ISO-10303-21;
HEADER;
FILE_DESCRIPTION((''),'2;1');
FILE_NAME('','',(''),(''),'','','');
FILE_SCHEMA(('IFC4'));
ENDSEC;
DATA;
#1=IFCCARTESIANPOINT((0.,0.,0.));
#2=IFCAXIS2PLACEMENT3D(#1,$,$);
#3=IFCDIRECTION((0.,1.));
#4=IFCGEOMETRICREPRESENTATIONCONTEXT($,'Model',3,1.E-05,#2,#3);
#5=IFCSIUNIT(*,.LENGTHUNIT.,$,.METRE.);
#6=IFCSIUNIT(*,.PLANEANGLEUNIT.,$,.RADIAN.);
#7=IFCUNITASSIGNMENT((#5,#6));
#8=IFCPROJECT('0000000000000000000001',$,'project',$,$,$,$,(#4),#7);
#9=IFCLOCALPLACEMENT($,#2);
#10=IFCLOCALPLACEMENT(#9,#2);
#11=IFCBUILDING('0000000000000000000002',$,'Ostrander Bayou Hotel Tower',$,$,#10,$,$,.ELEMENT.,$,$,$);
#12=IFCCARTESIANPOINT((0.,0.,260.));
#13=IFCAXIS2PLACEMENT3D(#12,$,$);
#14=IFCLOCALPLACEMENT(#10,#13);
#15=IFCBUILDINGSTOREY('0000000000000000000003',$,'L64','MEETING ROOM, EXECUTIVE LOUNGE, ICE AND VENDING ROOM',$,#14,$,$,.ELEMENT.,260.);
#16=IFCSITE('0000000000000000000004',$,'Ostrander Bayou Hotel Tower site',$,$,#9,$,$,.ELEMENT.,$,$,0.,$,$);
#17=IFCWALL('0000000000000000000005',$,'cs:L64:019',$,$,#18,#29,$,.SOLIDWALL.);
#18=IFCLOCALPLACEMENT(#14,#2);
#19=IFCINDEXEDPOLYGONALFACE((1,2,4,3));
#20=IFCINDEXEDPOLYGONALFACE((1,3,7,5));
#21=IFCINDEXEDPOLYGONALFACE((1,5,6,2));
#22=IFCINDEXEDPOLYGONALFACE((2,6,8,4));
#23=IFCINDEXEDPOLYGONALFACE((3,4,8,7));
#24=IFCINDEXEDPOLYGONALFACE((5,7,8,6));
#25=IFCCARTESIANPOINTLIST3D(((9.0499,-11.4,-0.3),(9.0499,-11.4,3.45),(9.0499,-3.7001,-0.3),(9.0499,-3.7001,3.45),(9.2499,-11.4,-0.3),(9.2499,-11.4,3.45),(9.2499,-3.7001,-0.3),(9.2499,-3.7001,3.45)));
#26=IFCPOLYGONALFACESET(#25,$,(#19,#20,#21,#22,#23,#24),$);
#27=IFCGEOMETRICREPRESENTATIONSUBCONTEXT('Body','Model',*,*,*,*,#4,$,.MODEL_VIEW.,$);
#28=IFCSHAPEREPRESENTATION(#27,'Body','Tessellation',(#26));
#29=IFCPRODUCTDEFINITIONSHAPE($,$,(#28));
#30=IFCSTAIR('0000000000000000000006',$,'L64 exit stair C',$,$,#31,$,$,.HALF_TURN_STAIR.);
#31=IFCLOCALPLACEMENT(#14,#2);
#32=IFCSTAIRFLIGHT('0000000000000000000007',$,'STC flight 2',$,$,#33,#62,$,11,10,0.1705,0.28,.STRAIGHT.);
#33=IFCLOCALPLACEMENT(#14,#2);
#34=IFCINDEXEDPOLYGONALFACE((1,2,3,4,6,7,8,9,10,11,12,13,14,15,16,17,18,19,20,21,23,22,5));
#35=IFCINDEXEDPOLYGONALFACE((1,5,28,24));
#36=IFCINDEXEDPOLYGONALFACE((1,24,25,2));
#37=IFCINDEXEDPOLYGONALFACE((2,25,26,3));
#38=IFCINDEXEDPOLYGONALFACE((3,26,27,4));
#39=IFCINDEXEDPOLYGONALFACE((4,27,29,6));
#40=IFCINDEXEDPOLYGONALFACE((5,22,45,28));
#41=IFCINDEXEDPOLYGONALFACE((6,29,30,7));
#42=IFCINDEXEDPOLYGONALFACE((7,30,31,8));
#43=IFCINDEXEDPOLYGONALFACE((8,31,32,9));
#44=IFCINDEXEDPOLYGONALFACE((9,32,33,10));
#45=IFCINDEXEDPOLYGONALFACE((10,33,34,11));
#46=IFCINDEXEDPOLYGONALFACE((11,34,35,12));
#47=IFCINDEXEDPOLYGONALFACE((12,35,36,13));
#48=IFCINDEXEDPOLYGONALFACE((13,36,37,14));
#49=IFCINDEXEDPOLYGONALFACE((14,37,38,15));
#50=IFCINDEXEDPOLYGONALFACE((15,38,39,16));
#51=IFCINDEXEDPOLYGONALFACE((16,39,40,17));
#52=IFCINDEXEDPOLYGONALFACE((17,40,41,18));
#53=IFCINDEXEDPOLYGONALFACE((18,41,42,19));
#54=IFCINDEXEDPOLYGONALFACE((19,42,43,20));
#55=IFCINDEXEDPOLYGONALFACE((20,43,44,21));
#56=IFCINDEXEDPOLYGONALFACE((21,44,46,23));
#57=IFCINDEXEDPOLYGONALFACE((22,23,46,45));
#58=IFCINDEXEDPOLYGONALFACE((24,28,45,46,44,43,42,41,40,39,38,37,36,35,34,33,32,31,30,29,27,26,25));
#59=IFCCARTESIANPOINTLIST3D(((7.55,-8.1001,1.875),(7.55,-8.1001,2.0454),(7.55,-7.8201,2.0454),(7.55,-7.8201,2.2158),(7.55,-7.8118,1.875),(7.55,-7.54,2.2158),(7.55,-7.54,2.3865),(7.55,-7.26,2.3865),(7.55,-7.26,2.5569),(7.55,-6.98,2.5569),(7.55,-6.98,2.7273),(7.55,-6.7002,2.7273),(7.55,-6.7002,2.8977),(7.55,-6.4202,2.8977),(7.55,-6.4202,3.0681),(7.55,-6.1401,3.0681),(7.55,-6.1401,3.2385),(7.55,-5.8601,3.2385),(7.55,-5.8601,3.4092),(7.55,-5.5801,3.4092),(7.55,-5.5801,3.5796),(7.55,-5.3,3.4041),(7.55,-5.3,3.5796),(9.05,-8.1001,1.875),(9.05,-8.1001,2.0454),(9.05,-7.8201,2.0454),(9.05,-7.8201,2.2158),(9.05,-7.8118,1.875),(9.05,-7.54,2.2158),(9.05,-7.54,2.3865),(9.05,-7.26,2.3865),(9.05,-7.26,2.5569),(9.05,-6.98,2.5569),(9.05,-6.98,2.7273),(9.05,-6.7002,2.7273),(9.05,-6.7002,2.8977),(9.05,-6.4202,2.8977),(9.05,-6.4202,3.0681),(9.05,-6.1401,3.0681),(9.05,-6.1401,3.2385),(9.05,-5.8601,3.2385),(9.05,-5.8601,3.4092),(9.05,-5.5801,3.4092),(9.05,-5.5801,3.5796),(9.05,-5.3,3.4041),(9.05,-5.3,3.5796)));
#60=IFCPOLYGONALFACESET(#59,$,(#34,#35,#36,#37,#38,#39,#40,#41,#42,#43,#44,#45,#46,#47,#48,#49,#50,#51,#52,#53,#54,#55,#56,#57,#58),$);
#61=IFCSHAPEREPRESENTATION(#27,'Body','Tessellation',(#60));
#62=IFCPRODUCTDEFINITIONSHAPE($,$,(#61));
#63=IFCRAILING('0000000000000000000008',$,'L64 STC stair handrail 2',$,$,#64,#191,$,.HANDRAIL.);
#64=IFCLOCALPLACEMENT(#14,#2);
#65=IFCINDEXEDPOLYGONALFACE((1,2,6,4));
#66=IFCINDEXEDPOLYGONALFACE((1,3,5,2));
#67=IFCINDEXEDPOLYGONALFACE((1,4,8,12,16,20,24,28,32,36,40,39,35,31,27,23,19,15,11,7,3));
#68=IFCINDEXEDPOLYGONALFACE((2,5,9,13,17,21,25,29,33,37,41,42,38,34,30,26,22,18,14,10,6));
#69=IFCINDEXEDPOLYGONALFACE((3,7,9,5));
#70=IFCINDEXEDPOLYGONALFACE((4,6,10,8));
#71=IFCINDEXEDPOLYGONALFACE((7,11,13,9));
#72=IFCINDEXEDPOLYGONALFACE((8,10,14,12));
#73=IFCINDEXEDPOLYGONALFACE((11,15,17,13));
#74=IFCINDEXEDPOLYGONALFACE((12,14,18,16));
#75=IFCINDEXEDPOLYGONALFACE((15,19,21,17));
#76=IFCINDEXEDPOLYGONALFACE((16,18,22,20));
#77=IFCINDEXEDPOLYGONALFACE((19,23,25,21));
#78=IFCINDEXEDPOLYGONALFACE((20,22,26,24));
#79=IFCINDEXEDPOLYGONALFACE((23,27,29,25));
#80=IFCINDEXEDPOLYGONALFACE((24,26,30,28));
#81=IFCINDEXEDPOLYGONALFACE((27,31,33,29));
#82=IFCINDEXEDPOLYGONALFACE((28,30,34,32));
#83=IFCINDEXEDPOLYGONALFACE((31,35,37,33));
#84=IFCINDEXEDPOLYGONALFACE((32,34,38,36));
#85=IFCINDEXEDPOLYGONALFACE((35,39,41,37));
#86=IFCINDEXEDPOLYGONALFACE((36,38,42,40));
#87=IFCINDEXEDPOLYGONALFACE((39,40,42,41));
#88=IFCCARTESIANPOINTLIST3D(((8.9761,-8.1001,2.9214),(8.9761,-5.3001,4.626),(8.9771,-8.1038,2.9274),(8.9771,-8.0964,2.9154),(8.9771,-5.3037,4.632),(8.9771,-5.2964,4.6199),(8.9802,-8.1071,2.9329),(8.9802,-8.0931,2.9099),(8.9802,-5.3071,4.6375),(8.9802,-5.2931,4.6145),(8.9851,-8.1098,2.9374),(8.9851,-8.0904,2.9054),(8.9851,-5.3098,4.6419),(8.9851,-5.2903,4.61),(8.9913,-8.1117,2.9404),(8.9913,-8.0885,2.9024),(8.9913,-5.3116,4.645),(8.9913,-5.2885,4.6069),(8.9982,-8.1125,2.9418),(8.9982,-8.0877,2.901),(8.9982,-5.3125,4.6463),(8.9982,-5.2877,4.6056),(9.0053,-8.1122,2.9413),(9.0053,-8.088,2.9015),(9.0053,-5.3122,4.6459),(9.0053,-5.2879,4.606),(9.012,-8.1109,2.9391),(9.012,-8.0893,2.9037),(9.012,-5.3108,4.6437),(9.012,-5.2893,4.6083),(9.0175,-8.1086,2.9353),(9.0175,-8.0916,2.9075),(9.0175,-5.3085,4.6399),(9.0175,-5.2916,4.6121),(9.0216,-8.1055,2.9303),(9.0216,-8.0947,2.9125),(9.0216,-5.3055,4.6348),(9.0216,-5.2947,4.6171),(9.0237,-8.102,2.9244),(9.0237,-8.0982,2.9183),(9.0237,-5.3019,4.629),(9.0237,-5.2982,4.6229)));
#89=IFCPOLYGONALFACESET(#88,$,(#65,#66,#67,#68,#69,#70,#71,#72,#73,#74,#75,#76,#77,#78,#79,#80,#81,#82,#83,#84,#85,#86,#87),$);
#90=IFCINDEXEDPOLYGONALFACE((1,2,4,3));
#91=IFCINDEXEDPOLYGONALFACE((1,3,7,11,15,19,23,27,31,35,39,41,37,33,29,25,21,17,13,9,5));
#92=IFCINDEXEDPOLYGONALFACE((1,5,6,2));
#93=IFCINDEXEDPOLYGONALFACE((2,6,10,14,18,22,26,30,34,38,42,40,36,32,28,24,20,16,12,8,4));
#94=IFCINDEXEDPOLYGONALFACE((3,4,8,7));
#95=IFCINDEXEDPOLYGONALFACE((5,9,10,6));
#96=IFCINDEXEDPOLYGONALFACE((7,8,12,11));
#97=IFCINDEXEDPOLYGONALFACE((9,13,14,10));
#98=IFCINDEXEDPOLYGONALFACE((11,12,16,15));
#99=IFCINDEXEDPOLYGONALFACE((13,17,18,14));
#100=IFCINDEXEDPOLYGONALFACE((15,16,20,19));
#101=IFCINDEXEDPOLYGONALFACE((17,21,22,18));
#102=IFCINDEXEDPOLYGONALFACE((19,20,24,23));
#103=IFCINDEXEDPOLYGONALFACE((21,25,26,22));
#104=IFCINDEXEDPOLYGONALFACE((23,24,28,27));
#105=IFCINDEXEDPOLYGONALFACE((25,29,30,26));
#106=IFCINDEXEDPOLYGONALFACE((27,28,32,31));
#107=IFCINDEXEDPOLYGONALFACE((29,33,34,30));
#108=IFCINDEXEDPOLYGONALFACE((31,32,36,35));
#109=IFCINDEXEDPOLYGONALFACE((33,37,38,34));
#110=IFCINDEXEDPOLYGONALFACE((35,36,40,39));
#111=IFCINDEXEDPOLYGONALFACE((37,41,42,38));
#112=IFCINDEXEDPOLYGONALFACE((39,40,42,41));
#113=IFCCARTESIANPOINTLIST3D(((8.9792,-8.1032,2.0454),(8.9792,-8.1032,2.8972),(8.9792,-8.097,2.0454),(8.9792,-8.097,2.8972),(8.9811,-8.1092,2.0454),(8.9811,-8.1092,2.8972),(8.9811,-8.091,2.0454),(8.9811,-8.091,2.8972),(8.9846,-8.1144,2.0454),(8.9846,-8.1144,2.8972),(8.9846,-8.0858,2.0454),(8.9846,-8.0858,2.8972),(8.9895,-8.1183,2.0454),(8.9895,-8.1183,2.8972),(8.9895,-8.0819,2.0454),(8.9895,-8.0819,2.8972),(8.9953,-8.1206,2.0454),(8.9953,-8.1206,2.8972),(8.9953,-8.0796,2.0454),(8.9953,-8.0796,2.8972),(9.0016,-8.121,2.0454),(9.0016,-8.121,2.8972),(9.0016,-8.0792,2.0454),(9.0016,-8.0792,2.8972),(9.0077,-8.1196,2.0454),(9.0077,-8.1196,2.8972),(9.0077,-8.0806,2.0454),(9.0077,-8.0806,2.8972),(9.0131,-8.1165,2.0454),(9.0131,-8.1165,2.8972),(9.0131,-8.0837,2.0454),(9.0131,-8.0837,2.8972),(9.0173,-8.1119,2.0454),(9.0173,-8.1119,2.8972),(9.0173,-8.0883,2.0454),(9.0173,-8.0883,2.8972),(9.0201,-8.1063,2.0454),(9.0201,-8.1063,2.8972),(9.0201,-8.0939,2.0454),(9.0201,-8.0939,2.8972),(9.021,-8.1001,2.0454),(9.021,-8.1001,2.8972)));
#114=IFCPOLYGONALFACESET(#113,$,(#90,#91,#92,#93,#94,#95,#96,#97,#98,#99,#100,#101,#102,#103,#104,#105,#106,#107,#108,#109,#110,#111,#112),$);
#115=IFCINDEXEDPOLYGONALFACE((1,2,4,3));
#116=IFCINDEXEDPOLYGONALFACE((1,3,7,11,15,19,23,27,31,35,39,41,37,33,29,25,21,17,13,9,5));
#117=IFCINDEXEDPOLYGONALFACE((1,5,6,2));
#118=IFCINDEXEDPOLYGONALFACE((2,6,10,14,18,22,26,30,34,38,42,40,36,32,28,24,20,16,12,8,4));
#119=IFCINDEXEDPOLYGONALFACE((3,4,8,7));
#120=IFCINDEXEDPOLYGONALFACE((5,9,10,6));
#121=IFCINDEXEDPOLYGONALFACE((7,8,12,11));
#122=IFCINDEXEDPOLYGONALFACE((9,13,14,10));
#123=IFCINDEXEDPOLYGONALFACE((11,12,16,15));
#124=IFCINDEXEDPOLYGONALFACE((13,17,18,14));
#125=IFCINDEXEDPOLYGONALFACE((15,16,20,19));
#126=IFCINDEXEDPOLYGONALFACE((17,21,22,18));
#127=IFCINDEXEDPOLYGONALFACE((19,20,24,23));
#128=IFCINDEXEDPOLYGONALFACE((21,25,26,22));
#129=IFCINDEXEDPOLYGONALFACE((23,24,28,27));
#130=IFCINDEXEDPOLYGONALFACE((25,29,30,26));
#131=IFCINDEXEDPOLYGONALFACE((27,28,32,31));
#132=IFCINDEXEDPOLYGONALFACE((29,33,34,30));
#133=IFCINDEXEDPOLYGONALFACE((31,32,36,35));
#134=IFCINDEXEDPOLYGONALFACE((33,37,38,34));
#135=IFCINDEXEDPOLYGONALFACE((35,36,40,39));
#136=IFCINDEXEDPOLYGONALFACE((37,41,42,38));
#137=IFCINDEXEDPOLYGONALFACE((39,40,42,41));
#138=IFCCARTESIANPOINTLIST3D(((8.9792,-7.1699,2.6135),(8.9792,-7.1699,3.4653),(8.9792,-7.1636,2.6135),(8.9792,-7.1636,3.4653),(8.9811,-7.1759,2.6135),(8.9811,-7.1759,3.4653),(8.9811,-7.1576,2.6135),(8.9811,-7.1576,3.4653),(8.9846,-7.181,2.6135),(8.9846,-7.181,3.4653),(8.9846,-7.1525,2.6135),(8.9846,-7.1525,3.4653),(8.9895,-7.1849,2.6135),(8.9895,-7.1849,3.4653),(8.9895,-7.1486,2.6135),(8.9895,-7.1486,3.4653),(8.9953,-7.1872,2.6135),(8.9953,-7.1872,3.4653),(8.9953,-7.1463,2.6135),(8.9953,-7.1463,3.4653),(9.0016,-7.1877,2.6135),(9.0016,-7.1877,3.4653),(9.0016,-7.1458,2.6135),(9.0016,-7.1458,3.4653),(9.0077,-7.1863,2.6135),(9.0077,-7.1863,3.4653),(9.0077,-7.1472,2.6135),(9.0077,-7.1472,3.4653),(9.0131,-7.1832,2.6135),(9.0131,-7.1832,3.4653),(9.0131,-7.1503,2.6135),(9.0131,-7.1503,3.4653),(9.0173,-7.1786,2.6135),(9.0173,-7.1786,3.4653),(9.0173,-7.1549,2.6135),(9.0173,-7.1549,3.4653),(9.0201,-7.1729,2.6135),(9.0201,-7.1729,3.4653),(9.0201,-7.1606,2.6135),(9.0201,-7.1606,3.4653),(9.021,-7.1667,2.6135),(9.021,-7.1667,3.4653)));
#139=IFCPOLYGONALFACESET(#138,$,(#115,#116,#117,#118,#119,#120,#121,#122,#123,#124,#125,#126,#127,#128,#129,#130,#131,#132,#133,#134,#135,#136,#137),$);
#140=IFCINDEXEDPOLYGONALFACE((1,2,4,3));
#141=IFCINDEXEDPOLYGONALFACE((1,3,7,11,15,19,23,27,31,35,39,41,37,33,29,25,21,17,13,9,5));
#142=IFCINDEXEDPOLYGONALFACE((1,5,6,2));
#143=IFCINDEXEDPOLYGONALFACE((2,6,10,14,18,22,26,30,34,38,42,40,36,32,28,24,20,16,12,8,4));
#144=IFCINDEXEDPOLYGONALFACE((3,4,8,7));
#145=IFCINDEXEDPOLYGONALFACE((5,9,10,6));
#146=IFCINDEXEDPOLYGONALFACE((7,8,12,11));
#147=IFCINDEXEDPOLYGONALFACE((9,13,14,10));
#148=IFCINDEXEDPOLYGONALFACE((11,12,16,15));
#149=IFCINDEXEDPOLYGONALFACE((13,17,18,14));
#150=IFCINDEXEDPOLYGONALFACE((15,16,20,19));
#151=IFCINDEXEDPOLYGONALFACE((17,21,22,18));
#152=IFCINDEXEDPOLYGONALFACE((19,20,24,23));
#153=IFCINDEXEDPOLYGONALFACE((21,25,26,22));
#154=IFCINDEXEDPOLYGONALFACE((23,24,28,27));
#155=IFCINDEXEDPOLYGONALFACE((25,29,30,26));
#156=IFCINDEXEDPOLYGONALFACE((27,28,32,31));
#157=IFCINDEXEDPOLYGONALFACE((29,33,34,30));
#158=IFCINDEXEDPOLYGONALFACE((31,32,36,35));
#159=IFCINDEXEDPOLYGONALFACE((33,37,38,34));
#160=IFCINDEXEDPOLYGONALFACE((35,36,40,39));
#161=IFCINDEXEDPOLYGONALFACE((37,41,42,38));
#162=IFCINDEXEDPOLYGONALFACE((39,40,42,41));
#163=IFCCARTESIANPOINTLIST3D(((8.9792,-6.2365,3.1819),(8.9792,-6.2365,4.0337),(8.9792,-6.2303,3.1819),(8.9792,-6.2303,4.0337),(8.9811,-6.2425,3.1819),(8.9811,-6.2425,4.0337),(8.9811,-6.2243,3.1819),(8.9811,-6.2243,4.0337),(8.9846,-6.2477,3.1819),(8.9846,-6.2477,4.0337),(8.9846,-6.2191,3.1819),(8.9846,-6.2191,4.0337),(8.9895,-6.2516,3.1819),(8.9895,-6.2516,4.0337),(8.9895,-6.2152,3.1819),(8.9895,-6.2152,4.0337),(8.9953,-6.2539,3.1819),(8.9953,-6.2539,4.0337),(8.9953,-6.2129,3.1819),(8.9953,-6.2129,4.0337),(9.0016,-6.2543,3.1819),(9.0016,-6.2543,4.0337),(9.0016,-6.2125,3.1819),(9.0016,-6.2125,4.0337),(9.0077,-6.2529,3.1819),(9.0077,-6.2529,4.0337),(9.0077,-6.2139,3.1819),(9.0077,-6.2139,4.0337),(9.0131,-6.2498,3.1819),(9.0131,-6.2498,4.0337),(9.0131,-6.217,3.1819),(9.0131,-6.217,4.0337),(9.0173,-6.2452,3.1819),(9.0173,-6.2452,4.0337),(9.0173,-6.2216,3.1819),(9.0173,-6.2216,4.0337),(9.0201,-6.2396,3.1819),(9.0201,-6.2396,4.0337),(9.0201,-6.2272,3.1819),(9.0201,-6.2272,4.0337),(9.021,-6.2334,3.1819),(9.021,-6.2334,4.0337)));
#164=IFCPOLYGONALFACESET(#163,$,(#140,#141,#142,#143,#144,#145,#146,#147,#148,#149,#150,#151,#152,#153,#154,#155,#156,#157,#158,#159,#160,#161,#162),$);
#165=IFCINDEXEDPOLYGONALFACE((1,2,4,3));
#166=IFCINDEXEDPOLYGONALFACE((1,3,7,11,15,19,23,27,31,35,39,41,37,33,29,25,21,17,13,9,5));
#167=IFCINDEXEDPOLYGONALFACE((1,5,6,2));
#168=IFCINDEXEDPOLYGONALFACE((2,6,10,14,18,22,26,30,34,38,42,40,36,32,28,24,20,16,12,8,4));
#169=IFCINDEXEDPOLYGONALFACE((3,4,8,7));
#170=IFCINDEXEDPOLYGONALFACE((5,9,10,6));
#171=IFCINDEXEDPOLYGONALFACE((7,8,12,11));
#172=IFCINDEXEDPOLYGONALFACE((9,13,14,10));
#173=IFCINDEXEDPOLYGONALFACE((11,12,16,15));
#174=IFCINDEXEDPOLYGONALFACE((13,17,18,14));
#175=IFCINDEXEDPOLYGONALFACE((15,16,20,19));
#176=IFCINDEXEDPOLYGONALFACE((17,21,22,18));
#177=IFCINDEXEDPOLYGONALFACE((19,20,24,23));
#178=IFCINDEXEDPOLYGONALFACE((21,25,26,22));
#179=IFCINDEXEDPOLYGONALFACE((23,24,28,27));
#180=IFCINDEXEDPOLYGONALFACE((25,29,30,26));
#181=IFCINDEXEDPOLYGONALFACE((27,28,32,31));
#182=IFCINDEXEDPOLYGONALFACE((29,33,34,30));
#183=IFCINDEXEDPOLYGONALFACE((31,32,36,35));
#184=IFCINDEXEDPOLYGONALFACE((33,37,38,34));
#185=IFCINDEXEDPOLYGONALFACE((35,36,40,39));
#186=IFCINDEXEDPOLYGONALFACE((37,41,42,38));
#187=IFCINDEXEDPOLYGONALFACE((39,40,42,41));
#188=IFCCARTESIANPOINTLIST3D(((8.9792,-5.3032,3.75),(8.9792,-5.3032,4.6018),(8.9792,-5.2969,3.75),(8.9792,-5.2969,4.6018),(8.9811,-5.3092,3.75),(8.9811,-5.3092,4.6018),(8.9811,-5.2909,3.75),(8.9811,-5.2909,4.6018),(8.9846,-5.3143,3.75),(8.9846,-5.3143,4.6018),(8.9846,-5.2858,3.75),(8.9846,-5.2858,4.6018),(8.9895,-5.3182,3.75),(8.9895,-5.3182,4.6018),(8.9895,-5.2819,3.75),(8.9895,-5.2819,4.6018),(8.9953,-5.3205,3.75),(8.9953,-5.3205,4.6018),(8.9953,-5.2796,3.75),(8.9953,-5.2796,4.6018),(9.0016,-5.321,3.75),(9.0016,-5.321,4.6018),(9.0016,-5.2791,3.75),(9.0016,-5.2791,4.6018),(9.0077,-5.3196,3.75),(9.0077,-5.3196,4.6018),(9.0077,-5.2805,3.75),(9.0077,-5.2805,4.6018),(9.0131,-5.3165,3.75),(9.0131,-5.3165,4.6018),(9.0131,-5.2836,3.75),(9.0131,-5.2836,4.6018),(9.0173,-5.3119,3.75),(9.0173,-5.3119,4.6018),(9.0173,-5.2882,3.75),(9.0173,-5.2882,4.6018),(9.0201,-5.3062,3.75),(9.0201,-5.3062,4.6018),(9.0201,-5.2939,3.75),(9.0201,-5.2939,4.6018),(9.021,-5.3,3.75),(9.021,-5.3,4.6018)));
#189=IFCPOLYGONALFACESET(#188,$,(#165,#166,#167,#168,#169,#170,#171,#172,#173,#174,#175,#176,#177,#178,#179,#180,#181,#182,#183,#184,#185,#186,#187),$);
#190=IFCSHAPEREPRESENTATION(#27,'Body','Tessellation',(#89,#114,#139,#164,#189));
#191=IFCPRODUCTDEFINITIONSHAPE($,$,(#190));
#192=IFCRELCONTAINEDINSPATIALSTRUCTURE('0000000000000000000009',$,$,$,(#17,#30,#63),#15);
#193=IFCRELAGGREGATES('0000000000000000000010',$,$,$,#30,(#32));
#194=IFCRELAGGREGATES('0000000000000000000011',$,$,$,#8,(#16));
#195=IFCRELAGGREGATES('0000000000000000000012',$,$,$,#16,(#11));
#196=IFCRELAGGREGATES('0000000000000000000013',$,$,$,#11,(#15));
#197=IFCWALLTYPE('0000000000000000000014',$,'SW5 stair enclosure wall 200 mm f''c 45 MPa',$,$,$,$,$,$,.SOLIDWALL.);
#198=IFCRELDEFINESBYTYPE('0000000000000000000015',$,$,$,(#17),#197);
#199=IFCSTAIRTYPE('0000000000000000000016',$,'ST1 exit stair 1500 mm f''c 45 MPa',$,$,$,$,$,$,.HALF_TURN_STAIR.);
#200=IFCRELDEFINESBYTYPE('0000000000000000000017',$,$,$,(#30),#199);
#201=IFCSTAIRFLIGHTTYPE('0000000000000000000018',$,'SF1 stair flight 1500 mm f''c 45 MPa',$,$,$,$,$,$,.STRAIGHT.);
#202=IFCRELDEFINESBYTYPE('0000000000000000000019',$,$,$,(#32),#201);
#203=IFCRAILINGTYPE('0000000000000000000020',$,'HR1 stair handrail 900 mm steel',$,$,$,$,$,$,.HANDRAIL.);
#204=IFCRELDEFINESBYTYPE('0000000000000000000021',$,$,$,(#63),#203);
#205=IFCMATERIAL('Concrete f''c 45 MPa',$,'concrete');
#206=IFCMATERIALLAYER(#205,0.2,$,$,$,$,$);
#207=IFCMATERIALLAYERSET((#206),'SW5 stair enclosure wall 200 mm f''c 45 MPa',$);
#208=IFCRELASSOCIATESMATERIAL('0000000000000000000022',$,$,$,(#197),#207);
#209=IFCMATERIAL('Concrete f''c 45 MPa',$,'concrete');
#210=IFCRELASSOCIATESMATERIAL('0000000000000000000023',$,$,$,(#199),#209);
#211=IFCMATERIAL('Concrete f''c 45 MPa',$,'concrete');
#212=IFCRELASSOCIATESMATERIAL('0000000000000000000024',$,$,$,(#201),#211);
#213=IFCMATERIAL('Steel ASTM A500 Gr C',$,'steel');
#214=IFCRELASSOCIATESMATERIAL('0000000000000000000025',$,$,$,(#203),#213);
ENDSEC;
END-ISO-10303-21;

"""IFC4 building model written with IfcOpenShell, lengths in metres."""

from ifc_helpers import new_model, si_unit, direction, frame, frame_2d, origin, origin_2d, place, context, subcontext, project, spatial, polyline, rectangle, circle, outline, extrude, material, layer, layer_set, type_object, element, aggregate, save


model = new_model("IFC4")

# Units and contexts
model_context = context("Model", 3, precision=1e-05, world=origin(), true_north=direction((0.0, 1.0)))
body_context = subcontext(model_context, "Body", "Model", "MODEL_VIEW")
ifc_project = project(units=[si_unit("LENGTHUNIT", "METRE"), si_unit("PLANEANGLEUNIT", "RADIAN")], contexts=[model_context])

# Site, building, storey
site_placement = place(None, origin())
site = spatial("IfcSite", under=ifc_project, at=site_placement, Name="Ostrander Bayou Hotel Tower site", CompositionType="ELEMENT", RefElevation=0.0)
building_placement = place(site_placement, origin())
building = spatial("IfcBuilding", under=site, at=building_placement, Name="Ostrander Bayou Hotel Tower", CompositionType="ELEMENT")
storey_placement = place(building_placement, frame((0.0, 0.0, 260.0)))
storey = spatial("IfcBuildingStorey", under=building, at=storey_placement, Name="L64", Description="MEETING ROOM, EXECUTIVE LOUNGE, ICE AND VENDING ROOM", CompositionType="ELEMENT", Elevation=260.0)

# Wall
ifc_material_1 = material(Name="Concrete f'c 45 MPa", Category="concrete")
ifc_layer_1 = layer(ifc_material_1, 0.2)
ifc_layer_set_1 = layer_set([ifc_layer_1], Name="SW5 stair enclosure wall 200 mm f'c 45 MPa")
wall_type_1 = type_object("IfcWallType", Name="SW5 stair enclosure wall 200 mm f'c 45 MPa", PredefinedType="SOLIDWALL", material=ifc_layer_set_1)
wall_1_placement = place(storey_placement, frame((9.1499, -3.7, -0.3), z_axis=(0.0, 0.0, 1.0), x_axis=(0.0, -1.0, 0.0)))
element("IfcWall", 1, at=wall_1_placement, inside=storey, type_object=wall_type_1, Name="cs:L64:019", PredefinedType="SOLIDWALL", context=body_context, shape_type="SweptSolid", body=[
    extrude(rectangle(XDim=7.7, YDim=0.2, at=frame_2d((3.8501, 0.0))), origin(), (0.0, 0.0, 1.0), 3.75),
])

# Stair, stair flight
ifc_material_2 = material(Name="Concrete f'c 45 MPa", Category="concrete")
stair_type = type_object("IfcStairType", Name="ST1 exit stair 1500 mm f'c 45 MPa", PredefinedType="HALF_TURN_STAIR", material=ifc_material_2)
stair_placement = place(storey_placement, origin())
stair = element("IfcStair", 2, at=stair_placement, inside=storey, type_object=stair_type, Name="L64 exit stair C", PredefinedType="HALF_TURN_STAIR")
ifc_material_3 = material(Name="Concrete f'c 45 MPa", Category="concrete")
stair_flight_type = type_object("IfcStairFlightType", Name="SF1 stair flight 1500 mm f'c 45 MPa", PredefinedType="STRAIGHT", material=ifc_material_3)
stair_flight_placement = place(storey_placement, frame((8.3, -8.1001, 1.875), z_axis=(0.0, 0.0, 1.0), x_axis=(0.0, 1.0, 0.0)))
stair_flight = element("IfcStairFlight", 3, at=stair_flight_placement, type_object=stair_flight_type, Name="STC flight 2", NumberOfRisers=11, NumberOfTreads=10, PredefinedType="STRAIGHT", RiserHeight=0.1705, TreadLength=0.28, context=body_context, shape_type="SweptSolid", body=[
    extrude(outline(polyline([(0.0, 0.0), (0.0, 0.1704), (0.28, 0.1704), (0.28, 0.3408), (0.5601, 0.3408), (0.5601, 0.5115), (0.8401, 0.5115), (0.8401, 0.6819), (1.1201, 0.6819), (1.1201, 0.8523), (1.3999, 0.8523), (1.3999, 1.0227), (1.6799, 1.0227), (1.6799, 1.1931), (1.96, 1.1931), (1.96, 1.3635), (2.24, 1.3635), (2.24, 1.5342), (2.52, 1.5342), (2.52, 1.7046), (2.8, 1.7046), (2.8, 1.875), (2.8, 1.5291), (0.2883, 0.0), (0.0, 0.0)])), frame((0.0, 0.75, 0.0), z_axis=(0.0, -1.0, 0.0), x_axis=(1.0, 0.0, 0.0)), (0.0, 0.0, 1.0), 1.5),
])
aggregate(stair, [stair_flight])

# Railing
ifc_material_4 = material(Name="Steel ASTM A500 Gr C", Category="steel")
railing_type = type_object("IfcRailingType", Name="HR1 stair handrail 900 mm steel", PredefinedType="HANDRAIL", material=ifc_material_4)
railing_placement = place(storey_placement, frame((9.0, -8.1001, 2.0454)))
element("IfcRailing", 4, at=railing_placement, inside=storey, type_object=railing_type, Name="L64 STC stair handrail 2", PredefinedType="HANDRAIL", context=body_context, shape_type="SweptSolid", body=[
    extrude(circle(Radius=0.0239, at=origin_2d()), frame((0.0, 0.0, 0.876), z_axis=(0.0, 0.85417, 0.519994), x_axis=(-1.0, 0.0, 0.0)), (0.0, 0.0, 1.0), 3.2781),
    extrude(circle(Radius=0.021, at=origin_2d()), origin(), (0.0, 0.0, 1.0), 0.8518),
    extrude(circle(Radius=0.021, at=origin_2d()), frame((0.0, 0.9333, 0.5681)), (0.0, 0.0, 1.0), 0.8518),
    extrude(circle(Radius=0.021, at=origin_2d()), frame((0.0, 1.8667, 1.1365)), (0.0, 0.0, 1.0), 0.8518),
    extrude(circle(Radius=0.021, at=origin_2d()), frame((0.0, 2.8, 1.7046)), (0.0, 0.0, 1.0), 0.8518),
])

save(model, "model.ifc")
